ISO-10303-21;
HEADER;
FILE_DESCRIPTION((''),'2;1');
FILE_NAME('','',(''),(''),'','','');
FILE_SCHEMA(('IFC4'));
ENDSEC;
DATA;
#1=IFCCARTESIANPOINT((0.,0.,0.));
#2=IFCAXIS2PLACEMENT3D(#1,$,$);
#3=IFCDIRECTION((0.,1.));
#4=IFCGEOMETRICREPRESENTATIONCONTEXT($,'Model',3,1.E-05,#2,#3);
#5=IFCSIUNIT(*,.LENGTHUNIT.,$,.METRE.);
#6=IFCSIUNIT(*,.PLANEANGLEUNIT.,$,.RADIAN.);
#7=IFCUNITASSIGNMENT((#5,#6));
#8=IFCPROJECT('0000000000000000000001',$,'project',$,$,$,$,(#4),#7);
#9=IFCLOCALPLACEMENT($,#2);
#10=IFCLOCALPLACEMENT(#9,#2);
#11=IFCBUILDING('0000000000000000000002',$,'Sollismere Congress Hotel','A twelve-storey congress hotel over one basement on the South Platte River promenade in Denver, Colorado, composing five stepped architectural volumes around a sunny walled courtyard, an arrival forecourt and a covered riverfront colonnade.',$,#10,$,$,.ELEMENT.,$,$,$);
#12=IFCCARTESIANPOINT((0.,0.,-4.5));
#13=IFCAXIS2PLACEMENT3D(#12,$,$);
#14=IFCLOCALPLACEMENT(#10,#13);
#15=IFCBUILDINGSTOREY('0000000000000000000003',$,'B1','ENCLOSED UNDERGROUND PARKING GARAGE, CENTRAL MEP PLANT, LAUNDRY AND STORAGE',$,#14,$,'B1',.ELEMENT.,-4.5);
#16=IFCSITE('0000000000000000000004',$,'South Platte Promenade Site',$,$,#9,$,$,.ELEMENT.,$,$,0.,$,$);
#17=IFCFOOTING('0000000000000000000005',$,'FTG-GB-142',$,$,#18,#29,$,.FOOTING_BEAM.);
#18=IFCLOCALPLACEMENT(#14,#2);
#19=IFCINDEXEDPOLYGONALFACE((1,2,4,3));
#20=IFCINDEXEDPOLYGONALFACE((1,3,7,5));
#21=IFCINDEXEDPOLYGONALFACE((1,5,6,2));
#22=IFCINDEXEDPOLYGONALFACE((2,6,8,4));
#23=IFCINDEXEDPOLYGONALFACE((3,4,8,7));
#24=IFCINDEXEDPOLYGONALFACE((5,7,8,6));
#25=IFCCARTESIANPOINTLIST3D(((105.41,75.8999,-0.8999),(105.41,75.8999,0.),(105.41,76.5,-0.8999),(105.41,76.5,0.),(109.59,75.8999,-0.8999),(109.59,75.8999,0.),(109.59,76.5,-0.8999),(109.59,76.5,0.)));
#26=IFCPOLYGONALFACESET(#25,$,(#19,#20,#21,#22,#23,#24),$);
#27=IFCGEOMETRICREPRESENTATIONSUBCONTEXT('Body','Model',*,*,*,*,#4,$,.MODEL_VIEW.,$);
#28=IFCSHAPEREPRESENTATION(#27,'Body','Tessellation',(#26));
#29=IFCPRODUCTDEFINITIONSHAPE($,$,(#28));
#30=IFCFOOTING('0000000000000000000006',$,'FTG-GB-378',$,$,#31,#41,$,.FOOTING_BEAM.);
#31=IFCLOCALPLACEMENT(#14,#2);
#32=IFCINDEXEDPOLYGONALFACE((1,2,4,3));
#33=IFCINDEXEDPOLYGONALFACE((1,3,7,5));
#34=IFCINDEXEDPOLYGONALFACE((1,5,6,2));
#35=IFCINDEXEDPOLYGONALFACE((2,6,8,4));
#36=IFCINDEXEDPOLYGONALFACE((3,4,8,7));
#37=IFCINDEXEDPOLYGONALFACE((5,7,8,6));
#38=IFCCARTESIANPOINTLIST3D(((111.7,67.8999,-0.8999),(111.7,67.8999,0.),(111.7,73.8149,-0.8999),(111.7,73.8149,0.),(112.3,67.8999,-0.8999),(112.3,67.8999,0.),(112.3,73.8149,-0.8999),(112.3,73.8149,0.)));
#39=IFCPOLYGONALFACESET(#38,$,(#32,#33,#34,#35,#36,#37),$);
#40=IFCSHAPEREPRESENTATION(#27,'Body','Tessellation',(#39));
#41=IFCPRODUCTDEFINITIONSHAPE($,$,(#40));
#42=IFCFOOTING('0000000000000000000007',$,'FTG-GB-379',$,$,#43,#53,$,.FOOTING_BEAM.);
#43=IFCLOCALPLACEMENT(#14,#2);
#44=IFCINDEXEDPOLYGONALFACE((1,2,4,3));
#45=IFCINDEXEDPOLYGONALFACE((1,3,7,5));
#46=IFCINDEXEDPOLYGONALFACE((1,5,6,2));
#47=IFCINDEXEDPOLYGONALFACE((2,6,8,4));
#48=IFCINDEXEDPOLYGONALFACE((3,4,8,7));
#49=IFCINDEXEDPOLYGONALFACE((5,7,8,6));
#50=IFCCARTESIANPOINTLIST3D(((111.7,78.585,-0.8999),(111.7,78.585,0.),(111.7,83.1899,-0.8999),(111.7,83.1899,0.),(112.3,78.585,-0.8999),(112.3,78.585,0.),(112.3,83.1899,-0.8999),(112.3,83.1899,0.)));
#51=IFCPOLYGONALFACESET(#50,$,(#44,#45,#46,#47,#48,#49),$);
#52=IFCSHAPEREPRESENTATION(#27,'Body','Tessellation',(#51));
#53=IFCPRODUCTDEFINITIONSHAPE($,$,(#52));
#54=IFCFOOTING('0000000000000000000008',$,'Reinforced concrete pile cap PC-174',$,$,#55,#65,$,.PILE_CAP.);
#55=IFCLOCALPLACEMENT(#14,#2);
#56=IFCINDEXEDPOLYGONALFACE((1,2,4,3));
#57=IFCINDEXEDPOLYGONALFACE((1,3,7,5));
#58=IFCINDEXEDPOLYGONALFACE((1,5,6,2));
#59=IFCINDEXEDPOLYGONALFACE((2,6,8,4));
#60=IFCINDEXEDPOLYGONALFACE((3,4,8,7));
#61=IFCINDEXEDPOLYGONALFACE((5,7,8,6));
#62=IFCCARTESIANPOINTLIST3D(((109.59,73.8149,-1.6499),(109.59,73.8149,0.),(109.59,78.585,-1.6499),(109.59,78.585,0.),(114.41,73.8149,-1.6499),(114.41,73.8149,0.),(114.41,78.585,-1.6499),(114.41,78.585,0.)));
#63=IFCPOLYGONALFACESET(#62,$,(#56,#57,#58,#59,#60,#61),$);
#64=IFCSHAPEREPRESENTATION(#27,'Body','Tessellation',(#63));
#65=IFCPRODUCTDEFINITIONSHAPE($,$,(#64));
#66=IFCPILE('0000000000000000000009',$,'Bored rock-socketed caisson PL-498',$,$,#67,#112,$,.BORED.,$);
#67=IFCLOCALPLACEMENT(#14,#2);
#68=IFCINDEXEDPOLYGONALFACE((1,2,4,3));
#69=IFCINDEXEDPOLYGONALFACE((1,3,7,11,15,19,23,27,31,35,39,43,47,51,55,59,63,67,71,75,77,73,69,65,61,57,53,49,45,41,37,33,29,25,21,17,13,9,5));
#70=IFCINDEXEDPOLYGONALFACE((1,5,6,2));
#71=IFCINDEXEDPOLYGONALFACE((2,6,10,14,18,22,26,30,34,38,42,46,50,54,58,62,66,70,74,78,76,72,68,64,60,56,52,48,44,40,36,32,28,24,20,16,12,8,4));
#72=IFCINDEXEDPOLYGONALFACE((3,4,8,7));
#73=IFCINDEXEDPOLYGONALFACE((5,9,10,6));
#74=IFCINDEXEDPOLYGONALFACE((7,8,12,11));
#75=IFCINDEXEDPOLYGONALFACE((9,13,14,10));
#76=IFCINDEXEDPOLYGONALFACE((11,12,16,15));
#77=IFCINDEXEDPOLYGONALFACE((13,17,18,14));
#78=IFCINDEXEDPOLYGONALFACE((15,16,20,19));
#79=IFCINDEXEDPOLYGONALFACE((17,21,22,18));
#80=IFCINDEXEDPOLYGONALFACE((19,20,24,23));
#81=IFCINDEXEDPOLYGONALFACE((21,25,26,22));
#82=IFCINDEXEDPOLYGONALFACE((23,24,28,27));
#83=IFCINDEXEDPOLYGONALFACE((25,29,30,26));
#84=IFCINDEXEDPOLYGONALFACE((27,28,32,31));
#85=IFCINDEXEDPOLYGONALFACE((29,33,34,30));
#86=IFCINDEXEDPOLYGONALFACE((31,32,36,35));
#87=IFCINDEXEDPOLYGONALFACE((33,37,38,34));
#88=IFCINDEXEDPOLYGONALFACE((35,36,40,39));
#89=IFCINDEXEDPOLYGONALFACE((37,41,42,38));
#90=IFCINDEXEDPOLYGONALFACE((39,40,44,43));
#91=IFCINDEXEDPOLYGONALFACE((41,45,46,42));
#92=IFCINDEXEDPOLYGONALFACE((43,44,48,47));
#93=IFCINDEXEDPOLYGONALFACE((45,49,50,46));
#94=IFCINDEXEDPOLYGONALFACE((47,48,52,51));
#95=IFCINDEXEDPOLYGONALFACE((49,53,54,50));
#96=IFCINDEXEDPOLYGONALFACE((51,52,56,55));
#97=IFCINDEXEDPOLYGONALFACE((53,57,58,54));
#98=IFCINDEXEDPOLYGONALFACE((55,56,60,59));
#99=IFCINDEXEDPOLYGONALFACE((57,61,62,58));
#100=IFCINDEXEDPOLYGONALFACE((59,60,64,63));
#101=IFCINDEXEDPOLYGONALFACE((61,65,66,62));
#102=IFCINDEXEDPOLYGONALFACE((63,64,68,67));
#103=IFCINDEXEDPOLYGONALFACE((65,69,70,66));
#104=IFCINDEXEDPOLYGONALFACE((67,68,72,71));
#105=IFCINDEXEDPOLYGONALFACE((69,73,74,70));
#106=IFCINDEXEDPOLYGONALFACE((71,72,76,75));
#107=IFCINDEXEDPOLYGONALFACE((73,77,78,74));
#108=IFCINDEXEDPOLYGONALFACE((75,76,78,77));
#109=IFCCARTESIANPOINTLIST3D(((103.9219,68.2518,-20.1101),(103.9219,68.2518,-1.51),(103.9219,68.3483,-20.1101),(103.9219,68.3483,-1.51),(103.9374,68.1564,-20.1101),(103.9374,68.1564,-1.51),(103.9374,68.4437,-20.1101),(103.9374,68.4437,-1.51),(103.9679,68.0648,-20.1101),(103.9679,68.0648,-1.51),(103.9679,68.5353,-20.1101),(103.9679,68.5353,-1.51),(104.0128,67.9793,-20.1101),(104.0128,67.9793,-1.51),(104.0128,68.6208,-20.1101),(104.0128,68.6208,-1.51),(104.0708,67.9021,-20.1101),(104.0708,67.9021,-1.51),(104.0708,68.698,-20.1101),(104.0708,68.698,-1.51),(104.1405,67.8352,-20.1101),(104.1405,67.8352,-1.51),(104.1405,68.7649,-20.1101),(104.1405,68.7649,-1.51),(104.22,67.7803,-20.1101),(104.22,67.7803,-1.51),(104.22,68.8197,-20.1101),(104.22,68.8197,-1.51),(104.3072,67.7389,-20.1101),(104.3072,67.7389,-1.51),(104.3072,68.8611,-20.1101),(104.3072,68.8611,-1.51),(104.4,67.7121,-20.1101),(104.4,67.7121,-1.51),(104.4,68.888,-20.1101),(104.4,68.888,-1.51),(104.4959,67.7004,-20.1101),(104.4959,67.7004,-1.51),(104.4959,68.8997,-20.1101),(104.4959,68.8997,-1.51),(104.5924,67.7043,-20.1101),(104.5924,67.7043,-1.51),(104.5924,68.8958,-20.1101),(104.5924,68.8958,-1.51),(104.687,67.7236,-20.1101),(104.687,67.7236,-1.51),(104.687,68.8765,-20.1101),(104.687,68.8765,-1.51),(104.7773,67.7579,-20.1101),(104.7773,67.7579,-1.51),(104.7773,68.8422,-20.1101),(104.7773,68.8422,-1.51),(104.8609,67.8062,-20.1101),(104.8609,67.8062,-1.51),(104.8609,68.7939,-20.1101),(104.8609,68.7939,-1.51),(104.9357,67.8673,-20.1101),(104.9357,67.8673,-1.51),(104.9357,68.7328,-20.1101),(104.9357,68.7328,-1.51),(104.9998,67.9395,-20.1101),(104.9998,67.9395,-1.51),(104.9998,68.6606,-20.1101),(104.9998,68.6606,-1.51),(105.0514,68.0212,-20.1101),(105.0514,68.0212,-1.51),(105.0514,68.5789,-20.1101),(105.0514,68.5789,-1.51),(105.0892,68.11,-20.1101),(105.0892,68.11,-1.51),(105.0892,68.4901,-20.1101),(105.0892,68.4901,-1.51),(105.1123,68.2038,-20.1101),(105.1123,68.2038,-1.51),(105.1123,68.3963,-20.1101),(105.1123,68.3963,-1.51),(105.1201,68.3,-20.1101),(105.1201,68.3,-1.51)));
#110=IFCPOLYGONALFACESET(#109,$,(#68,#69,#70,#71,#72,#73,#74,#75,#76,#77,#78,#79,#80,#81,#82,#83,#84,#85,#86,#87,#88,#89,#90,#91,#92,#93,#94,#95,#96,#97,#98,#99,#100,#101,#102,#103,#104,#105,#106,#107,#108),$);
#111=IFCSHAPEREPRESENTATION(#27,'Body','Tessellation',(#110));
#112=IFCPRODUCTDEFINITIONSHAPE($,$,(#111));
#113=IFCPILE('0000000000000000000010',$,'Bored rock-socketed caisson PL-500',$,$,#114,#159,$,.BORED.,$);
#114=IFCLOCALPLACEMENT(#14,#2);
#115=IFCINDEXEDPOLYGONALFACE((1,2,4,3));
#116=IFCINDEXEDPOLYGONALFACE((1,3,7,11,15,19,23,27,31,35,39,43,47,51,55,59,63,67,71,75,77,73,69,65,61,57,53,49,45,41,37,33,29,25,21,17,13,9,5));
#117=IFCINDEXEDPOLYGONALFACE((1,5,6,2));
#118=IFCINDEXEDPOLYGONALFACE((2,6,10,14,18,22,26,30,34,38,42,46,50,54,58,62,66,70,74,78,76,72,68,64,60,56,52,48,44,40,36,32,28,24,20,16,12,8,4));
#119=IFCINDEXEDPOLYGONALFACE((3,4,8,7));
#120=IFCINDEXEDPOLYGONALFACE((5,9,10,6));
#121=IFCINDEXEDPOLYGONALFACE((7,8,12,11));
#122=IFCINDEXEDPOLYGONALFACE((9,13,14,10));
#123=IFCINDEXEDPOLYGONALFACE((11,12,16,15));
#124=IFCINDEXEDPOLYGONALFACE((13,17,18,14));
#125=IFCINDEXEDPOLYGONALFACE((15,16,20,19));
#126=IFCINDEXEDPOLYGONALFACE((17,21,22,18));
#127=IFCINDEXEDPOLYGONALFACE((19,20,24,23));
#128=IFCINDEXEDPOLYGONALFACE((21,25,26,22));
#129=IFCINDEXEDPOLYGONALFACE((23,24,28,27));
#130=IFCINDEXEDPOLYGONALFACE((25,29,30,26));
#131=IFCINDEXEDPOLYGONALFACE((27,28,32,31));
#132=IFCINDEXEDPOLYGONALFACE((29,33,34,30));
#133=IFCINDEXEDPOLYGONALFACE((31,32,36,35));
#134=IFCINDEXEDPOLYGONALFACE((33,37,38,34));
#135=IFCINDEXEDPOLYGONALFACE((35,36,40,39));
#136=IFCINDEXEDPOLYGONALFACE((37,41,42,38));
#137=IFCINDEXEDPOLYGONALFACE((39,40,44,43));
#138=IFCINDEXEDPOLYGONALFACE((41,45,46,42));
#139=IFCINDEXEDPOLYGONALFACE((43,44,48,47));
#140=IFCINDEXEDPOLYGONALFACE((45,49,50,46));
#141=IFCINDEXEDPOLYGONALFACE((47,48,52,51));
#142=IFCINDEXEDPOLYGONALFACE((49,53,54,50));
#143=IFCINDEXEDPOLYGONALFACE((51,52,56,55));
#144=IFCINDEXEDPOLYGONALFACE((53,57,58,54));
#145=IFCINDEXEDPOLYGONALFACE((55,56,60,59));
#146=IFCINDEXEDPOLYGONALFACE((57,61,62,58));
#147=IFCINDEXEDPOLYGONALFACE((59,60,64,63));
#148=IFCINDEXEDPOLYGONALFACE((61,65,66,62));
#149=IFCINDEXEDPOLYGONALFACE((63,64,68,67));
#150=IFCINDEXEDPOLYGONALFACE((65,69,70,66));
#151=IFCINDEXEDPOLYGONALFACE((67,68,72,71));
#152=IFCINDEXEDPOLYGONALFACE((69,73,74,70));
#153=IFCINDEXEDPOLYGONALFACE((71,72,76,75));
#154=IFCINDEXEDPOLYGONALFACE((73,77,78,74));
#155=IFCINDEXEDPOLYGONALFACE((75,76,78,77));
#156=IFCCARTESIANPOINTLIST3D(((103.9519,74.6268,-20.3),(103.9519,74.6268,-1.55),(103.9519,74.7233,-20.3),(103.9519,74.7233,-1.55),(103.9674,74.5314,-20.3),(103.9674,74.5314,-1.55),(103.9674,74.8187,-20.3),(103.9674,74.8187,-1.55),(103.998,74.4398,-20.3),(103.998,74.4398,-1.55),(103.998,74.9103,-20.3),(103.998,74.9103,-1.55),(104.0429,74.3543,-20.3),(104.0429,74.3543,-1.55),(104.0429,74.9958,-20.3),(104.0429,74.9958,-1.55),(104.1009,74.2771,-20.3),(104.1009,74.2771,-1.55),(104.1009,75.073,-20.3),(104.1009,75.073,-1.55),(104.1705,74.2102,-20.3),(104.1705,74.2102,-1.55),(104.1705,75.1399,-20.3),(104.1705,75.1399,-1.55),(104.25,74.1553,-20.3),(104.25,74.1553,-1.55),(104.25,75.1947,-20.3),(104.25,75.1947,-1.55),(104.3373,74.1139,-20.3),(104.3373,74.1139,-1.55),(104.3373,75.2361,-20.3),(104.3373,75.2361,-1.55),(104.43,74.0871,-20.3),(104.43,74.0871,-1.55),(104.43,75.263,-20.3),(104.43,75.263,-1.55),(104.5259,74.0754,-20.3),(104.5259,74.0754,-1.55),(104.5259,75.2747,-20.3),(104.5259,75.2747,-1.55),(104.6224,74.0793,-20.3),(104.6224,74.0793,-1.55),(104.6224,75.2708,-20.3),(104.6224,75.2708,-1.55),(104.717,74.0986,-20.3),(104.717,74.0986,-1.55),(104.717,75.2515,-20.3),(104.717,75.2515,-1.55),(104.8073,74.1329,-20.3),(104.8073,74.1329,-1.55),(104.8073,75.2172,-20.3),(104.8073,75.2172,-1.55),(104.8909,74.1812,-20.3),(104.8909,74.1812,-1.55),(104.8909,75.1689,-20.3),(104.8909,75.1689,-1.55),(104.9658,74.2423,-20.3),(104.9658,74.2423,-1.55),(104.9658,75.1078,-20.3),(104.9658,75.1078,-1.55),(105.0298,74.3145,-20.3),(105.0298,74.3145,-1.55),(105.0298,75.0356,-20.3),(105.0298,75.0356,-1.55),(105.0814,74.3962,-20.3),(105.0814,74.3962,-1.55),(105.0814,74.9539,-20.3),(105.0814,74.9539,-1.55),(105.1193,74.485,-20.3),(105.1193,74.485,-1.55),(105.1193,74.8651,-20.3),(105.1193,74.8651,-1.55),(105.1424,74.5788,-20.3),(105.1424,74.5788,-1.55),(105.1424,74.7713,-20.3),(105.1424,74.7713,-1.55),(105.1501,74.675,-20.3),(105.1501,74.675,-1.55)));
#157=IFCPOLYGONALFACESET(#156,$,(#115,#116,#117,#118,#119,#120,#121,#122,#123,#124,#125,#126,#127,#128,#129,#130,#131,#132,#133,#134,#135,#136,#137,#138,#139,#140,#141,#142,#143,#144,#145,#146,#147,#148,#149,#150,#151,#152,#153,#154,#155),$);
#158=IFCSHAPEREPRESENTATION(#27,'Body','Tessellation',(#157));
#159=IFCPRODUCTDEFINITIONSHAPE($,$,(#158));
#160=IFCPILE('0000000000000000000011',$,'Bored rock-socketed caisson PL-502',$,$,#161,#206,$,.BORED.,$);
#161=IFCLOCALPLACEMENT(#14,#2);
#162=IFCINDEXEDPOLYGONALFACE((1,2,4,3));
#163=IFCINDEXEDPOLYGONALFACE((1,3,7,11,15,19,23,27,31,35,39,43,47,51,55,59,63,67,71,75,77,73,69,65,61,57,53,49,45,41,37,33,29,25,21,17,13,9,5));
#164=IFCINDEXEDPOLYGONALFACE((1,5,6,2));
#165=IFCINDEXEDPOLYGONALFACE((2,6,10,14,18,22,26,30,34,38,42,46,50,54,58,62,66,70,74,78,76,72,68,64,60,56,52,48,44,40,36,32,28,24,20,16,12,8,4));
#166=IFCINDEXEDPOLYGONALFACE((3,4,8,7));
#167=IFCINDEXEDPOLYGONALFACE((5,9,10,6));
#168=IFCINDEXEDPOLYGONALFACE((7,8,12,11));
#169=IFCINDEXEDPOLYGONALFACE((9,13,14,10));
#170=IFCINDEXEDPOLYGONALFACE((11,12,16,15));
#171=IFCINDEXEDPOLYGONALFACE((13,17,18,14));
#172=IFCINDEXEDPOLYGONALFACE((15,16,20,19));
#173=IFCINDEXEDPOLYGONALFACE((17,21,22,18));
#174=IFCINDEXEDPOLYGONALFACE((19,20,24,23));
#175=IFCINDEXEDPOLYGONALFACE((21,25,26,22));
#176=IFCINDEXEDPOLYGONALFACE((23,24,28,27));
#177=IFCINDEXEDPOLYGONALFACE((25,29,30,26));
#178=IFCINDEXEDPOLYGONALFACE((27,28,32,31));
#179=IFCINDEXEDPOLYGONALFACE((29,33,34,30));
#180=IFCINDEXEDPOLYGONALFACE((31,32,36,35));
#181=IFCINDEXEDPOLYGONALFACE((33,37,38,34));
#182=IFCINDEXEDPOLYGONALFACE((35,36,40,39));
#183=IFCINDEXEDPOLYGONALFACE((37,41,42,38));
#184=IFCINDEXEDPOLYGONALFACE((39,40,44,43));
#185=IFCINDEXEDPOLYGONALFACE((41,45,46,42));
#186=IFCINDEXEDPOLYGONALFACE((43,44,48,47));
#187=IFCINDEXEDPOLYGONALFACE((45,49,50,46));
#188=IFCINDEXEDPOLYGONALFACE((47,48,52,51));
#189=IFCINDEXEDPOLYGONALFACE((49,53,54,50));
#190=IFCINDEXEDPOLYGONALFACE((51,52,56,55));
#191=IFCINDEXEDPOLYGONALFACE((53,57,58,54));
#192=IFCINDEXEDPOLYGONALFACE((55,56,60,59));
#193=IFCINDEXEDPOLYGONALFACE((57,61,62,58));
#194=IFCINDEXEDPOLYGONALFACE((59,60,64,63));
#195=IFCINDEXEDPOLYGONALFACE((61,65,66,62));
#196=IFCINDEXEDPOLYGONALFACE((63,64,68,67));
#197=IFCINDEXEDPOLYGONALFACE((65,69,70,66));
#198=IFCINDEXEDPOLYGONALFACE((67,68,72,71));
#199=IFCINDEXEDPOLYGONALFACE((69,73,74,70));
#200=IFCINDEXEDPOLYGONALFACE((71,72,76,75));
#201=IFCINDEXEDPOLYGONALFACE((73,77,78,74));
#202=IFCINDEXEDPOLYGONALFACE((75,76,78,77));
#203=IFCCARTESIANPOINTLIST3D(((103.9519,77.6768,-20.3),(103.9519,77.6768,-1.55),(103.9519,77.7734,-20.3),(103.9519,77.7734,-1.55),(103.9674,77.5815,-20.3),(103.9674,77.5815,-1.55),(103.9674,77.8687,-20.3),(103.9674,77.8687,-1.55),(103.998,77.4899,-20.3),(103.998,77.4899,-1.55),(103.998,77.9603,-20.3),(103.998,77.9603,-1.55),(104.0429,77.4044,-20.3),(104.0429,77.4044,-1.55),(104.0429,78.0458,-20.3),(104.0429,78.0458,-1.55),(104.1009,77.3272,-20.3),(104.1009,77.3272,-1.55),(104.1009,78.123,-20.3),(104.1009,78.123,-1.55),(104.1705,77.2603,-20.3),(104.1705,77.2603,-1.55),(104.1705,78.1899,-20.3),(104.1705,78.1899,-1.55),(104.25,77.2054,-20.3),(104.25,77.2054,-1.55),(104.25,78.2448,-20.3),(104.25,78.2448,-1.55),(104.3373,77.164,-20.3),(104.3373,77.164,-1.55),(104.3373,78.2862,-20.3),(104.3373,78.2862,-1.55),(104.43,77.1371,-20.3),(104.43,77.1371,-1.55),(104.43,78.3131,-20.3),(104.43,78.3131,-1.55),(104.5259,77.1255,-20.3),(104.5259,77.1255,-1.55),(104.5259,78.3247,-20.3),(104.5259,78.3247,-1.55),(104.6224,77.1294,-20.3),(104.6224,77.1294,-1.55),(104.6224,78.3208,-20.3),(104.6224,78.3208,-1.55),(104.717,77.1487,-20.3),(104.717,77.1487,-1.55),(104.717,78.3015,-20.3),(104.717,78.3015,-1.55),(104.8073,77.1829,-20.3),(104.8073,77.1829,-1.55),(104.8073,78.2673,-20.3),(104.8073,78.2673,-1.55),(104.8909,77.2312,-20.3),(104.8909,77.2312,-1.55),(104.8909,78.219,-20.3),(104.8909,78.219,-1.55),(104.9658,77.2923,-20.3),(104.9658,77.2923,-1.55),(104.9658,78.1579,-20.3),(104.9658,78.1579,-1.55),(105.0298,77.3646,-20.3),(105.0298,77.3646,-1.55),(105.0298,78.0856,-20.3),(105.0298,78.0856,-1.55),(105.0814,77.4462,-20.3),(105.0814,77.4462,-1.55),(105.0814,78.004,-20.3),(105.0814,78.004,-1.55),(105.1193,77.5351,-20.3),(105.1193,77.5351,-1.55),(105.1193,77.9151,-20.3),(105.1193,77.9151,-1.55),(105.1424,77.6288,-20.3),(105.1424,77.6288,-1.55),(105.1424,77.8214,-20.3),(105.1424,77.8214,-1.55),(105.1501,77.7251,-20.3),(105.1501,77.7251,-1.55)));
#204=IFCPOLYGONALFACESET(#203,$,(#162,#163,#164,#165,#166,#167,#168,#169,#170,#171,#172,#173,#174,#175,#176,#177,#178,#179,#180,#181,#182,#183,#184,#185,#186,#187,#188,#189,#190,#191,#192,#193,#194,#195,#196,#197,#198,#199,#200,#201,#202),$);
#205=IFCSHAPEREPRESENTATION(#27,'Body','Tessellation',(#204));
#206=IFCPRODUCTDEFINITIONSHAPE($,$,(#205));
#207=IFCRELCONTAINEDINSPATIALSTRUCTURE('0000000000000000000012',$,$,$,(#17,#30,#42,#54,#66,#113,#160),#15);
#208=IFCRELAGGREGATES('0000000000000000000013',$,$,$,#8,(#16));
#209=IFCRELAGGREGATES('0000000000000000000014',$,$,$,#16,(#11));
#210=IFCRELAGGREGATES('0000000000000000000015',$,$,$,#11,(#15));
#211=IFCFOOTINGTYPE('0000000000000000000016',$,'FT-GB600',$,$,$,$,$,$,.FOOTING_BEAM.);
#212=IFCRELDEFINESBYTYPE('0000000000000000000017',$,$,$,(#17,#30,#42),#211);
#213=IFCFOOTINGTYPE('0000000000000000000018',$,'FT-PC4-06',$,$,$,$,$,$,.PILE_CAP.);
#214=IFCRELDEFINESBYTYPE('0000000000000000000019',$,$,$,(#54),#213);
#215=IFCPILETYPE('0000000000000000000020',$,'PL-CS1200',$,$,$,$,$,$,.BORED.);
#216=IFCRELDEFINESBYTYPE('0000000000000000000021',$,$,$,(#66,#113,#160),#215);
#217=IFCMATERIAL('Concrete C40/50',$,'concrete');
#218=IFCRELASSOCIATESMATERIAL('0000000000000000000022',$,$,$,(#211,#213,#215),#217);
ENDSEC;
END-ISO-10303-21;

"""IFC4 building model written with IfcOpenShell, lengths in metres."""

from ifc_helpers import new_model, si_unit, direction, frame, origin, origin_2d, place, context, subcontext, project, spatial, rectangle, circle, extrude, material, material_profile, profile_set, type_object, element, save


model = new_model("IFC4")

# Units and contexts
model_context = context("Model", 3, precision=1e-05, world=origin(), true_north=direction((0.0, 1.0)))
body_context = subcontext(model_context, "Body", "Model", "MODEL_VIEW")
ifc_project = project(units=[si_unit("LENGTHUNIT", "METRE"), si_unit("PLANEANGLEUNIT", "RADIAN")], contexts=[model_context])

# Site, building, storey
site_placement = place(None, origin())
site = spatial("IfcSite", under=ifc_project, at=site_placement, Name="South Platte Promenade Site", CompositionType="ELEMENT", RefElevation=0.0)
building_placement = place(site_placement, origin())
building = spatial("IfcBuilding", under=site, at=building_placement, Name="Sollismere Congress Hotel", Description="A twelve-storey congress hotel over one basement on the South Platte River promenade in Denver, Colorado, composing five stepped architectural volumes around a sunny walled courtyard, an arrival forecourt and a covered riverfront colonnade.", CompositionType="ELEMENT")
storey_placement = place(building_placement, frame((0.0, 0.0, -4.5)))
storey = spatial("IfcBuildingStorey", under=building, at=storey_placement, Name="B1", Description="ENCLOSED UNDERGROUND PARKING GARAGE, CENTRAL MEP PLANT, LAUNDRY AND STORAGE", LongName="B1", CompositionType="ELEMENT", Elevation=-4.5)

# Footings
ifc_material_1 = material(Name="Concrete C40/50", Category="concrete")
footing_type_1 = type_object("IfcFootingType", Name="FT-GB600", PredefinedType="FOOTING_BEAM", material=ifc_material_1)
footing_1_placement = place(storey_placement, frame((107.5, 76.2, -0.8999), z_axis=(0.0, 0.0, 1.0), x_axis=(1.0, 0.0, 0.0)))
element("IfcFooting", 1, at=footing_1_placement, inside=storey, type_object=footing_type_1, Name="FTG-GB-142", PredefinedType="FOOTING_BEAM", context=body_context, shape_type="SweptSolid", body=[
    extrude(rectangle(XDim=4.1799, YDim=0.6001, at=origin_2d()), origin(), (0.0, 0.0, 1.0), 0.8999),
])
footing_2_placement = place(storey_placement, frame((112.0, 70.8574, -0.8999), z_axis=(0.0, 0.0, 1.0), x_axis=(0.0, 1.0, 0.0)))
element("IfcFooting", 2, at=footing_2_placement, inside=storey, type_object=footing_type_1, Name="FTG-GB-378", PredefinedType="FOOTING_BEAM", context=body_context, shape_type="SweptSolid", body=[
    extrude(rectangle(XDim=5.915, YDim=0.6001, at=origin_2d()), origin(), (0.0, 0.0, 1.0), 0.8999),
])
footing_3_placement = place(storey_placement, frame((112.0, 80.8875, -0.8999), z_axis=(0.0, 0.0, 1.0), x_axis=(0.0, 1.0, 0.0)))
element("IfcFooting", 3, at=footing_3_placement, inside=storey, type_object=footing_type_1, Name="FTG-GB-379", PredefinedType="FOOTING_BEAM", context=body_context, shape_type="SweptSolid", body=[
    extrude(rectangle(XDim=4.605, YDim=0.6001, at=origin_2d()), origin(), (0.0, 0.0, 1.0), 0.8999),
])
footing_type_2 = type_object("IfcFootingType", Name="FT-PC4-06", PredefinedType="PILE_CAP", material=ifc_material_1)
footing_4_placement = place(storey_placement, frame((112.0, 76.2, -1.6499), z_axis=(0.0, 0.0, 1.0), x_axis=(1.0, 0.0, 0.0)))
element("IfcFooting", 4, at=footing_4_placement, inside=storey, type_object=footing_type_2, Name="Reinforced concrete pile cap PC-174", PredefinedType="PILE_CAP", context=body_context, shape_type="SweptSolid", body=[
    extrude(rectangle(XDim=4.8201, YDim=4.77, at=origin_2d()), origin(), (0.0, 0.0, 1.0), 1.6499),
])

# Piles
ifc_material_profile_1 = material_profile(ifc_material_1, circle(Radius=0.6001, at=origin_2d()), Name="CAISSON1200")
ifc_profile_set_1 = profile_set([ifc_material_profile_1], Name="Concrete C40/50")
pile_type = type_object("IfcPileType", Name="PL-CS1200", PredefinedType="BORED", material=ifc_profile_set_1)
pile_placement = place(storey_placement, frame((104.52, 68.3, -1.51), z_axis=(0.0, 0.0, -1.0), x_axis=(1.0, 0.0, 0.0)))
element("IfcPile", 5, at=pile_placement, inside=storey, type_object=pile_type, Name="Bored rock-socketed caisson PL-498", PredefinedType="BORED", context=body_context, shape_type="SweptSolid", body=[
    extrude(circle(Radius=0.6001, at=origin_2d()), origin(), (0.0, 0.0, 1.0), 18.6001),
])
for number, where, z_axis, x_axis, name in (
    (6, (104.55, 74.675, -1.55), (0.0, 0.0, -1.0), (1.0, 0.0, 0.0), "Bored rock-socketed caisson PL-500"),
    (7, (104.55, 77.7251, -1.55), (0.0, 0.0, -1.0), (1.0, 0.0, 0.0), "Bored rock-socketed caisson PL-502"),
):
    element("IfcPile", number, at=place(storey_placement, frame(where, z_axis=z_axis, x_axis=x_axis)), inside=storey, type_object=pile_type, Name=name, PredefinedType="BORED", context=body_context, shape_type="SweptSolid", body=[
        extrude(circle(Radius=0.6001, at=origin_2d()), origin(), (0.0, 0.0, 1.0), 18.75),
    ])

save(model, "model.ifc")
